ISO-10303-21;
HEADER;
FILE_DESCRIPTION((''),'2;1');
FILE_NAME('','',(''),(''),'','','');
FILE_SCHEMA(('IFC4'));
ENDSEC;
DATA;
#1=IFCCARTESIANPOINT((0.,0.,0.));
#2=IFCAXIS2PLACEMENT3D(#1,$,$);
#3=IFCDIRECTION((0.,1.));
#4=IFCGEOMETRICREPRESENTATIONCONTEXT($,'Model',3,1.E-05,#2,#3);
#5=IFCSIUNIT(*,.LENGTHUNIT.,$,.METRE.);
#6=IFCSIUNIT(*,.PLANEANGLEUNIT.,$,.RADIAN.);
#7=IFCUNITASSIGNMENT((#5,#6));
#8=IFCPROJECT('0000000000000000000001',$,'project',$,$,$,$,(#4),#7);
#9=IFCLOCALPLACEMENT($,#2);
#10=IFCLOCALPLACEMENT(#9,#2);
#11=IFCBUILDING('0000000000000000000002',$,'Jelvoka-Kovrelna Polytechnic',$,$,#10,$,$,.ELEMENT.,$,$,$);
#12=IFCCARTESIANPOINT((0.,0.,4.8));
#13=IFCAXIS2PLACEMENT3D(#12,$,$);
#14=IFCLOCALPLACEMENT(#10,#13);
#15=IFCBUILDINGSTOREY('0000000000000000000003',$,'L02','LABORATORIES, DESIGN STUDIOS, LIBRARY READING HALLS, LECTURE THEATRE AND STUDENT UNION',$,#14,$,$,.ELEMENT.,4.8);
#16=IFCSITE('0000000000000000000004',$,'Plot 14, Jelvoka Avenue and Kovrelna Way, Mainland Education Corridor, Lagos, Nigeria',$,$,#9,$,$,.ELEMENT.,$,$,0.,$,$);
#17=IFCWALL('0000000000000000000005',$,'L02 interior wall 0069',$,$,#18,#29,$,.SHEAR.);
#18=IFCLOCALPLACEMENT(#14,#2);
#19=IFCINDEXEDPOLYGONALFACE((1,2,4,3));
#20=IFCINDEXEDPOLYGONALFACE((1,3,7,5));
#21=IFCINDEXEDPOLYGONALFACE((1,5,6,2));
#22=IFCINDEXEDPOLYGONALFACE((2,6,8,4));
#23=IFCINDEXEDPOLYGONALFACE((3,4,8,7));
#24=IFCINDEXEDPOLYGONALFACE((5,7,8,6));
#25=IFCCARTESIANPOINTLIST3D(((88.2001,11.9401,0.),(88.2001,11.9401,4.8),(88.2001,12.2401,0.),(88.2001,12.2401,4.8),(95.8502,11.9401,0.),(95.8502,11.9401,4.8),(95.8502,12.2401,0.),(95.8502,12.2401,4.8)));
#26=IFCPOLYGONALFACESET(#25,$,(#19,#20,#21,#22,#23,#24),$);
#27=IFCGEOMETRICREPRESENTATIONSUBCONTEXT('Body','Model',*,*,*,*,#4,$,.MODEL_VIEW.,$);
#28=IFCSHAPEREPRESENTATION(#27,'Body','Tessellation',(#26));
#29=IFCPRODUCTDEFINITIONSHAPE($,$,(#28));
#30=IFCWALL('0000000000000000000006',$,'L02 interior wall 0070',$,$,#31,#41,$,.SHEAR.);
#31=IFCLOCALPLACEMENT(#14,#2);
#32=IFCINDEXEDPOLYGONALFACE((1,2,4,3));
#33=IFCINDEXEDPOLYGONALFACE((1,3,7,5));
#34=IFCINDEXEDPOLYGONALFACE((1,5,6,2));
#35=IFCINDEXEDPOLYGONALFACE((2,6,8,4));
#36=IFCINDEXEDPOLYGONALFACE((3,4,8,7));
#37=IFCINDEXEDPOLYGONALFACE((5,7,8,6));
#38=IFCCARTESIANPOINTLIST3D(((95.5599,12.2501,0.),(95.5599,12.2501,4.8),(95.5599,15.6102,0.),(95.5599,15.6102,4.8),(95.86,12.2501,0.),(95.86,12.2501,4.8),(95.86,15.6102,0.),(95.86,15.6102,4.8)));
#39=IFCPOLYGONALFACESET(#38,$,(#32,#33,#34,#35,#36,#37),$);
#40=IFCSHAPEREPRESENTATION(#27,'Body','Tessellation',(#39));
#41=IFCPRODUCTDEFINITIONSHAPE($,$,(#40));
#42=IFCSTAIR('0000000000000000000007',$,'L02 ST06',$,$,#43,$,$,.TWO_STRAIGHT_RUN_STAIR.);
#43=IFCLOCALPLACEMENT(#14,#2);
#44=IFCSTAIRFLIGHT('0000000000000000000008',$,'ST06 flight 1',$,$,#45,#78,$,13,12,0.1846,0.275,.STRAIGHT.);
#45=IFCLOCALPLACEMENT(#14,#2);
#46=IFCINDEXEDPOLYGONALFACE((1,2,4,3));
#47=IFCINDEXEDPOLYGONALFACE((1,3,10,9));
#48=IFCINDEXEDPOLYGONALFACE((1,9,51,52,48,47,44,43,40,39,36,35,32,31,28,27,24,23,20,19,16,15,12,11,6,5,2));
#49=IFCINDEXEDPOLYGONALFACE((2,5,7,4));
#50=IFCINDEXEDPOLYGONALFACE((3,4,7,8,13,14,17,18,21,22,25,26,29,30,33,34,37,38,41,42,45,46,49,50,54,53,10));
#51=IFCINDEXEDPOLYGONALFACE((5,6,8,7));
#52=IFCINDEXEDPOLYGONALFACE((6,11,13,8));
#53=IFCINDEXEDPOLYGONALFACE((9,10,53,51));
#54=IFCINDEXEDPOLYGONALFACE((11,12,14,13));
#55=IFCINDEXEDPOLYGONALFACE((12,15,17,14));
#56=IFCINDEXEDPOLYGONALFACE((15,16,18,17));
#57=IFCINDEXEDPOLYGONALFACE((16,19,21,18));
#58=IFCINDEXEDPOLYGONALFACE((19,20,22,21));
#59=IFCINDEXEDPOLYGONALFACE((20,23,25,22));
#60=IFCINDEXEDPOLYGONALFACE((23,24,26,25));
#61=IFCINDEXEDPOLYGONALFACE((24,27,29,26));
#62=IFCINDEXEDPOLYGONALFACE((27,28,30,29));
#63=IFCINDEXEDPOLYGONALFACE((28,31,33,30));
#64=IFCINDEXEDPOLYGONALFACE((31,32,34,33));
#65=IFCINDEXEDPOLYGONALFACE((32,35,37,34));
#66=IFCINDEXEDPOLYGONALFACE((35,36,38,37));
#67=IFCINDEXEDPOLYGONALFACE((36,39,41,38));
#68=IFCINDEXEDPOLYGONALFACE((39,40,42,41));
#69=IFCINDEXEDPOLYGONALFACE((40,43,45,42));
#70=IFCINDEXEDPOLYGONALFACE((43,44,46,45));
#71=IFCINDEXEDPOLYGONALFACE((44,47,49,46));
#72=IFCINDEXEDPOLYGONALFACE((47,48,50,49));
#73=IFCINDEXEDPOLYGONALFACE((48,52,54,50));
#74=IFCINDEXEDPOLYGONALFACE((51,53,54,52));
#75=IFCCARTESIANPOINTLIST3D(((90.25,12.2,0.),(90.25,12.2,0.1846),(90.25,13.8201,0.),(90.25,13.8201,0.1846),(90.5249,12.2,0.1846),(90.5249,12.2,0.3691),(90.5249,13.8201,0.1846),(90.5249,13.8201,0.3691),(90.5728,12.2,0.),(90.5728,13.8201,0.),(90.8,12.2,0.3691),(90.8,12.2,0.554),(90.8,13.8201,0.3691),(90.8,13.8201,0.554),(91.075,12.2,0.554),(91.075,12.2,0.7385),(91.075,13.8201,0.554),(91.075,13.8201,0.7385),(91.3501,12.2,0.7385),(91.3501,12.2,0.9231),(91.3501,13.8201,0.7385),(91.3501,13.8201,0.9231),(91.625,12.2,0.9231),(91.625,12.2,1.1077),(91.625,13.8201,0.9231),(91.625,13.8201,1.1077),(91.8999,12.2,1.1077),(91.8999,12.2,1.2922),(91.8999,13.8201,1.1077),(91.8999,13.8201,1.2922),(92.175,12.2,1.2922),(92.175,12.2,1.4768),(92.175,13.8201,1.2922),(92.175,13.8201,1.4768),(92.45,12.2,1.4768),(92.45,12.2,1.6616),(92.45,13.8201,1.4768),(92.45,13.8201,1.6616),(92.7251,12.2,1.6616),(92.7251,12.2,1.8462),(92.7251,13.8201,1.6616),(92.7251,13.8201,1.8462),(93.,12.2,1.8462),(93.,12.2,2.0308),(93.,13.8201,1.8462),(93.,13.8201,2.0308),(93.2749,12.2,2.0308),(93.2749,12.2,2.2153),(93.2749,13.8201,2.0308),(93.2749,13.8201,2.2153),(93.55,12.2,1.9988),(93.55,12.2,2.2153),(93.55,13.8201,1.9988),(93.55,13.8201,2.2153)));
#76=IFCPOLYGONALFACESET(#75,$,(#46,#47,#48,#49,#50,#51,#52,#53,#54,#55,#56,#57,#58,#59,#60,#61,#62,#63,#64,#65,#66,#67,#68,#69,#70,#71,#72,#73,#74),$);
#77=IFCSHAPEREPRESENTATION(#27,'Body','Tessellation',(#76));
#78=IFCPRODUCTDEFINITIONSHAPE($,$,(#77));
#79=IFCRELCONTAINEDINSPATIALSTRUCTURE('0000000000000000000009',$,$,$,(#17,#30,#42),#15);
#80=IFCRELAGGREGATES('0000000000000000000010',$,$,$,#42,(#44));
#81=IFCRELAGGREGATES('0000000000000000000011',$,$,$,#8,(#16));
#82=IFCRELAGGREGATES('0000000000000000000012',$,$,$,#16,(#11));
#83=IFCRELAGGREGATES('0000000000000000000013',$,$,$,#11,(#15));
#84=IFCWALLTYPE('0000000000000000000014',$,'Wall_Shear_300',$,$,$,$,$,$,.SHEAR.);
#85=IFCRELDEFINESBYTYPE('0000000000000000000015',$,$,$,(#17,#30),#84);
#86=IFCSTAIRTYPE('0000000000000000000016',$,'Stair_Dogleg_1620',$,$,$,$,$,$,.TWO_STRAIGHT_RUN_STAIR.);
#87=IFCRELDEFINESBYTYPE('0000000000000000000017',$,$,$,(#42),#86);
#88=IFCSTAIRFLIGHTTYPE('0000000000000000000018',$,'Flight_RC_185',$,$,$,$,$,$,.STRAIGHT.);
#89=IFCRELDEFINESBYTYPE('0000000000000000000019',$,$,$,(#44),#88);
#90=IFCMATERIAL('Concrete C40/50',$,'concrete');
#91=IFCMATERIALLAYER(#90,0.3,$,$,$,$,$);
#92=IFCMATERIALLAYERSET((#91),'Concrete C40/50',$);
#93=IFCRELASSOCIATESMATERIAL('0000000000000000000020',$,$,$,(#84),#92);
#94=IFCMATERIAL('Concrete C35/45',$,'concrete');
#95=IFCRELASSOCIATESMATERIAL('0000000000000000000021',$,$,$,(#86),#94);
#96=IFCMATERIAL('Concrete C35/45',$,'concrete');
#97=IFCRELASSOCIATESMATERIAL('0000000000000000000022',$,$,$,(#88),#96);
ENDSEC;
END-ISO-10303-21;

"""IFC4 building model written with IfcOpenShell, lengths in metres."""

from ifc_helpers import new_model, si_unit, direction, frame, frame_2d, origin, place, context, subcontext, project, spatial, polyline, rectangle, outline, extrude, material, layer, layer_set, type_object, element, aggregate, save


model = new_model("IFC4")

# Units and contexts
model_context = context("Model", 3, precision=1e-05, world=origin(), true_north=direction((0.0, 1.0)))
body_context = subcontext(model_context, "Body", "Model", "MODEL_VIEW")
ifc_project = project(units=[si_unit("LENGTHUNIT", "METRE"), si_unit("PLANEANGLEUNIT", "RADIAN")], contexts=[model_context])

# Site, building, storey
site_placement = place(None, origin())
site = spatial("IfcSite", under=ifc_project, at=site_placement, Name="Plot 14, Jelvoka Avenue and Kovrelna Way, Mainland Education Corridor, Lagos, Nigeria", CompositionType="ELEMENT", RefElevation=0.0)
building_placement = place(site_placement, origin())
building = spatial("IfcBuilding", under=site, at=building_placement, Name="Jelvoka-Kovrelna Polytechnic", CompositionType="ELEMENT")
storey_placement = place(building_placement, frame((0.0, 0.0, 4.8)))
storey = spatial("IfcBuildingStorey", under=building, at=storey_placement, Name="L02", Description="LABORATORIES, DESIGN STUDIOS, LIBRARY READING HALLS, LECTURE THEATRE AND STUDENT UNION", CompositionType="ELEMENT", Elevation=4.8)

# Walls
ifc_material_1 = material(Name="Concrete C40/50", Category="concrete")
ifc_layer_1 = layer(ifc_material_1, 0.3)
ifc_layer_set_1 = layer_set([ifc_layer_1], Name="Concrete C40/50")
wall_type_1 = type_object("IfcWallType", Name="Wall_Shear_300", PredefinedType="SHEAR", material=ifc_layer_set_1)
wall_1_placement = place(storey_placement, frame((88.2, 12.0901, 0.0), z_axis=(0.0, 0.0, 1.0), x_axis=(1.0, 0.0, 0.0)))
element("IfcWall", 1, at=wall_1_placement, inside=storey, type_object=wall_type_1, Name="L02 interior wall 0069", PredefinedType="SHEAR", context=body_context, shape_type="SweptSolid", body=[
    extrude(rectangle(XDim=7.6501, YDim=0.3, at=frame_2d((3.8252, 0.0))), origin(), (0.0, 0.0, 1.0), 4.8),
])
wall_2_placement = place(storey_placement, frame((95.71, 12.25, 0.0), z_axis=(0.0, 0.0, 1.0), x_axis=(0.0, 1.0, 0.0)))
element("IfcWall", 2, at=wall_2_placement, inside=storey, type_object=wall_type_1, Name="L02 interior wall 0070", PredefinedType="SHEAR", context=body_context, shape_type="SweptSolid", body=[
    extrude(rectangle(XDim=3.3601, YDim=0.3, at=frame_2d((1.6802, 0.0))), origin(), (0.0, 0.0, 1.0), 4.8),
])

# Stair, stair flight
ifc_material_2 = material(Name="Concrete C35/45", Category="concrete")
stair_type = type_object("IfcStairType", Name="Stair_Dogleg_1620", PredefinedType="TWO_STRAIGHT_RUN_STAIR", material=ifc_material_2)
stair_placement = place(storey_placement, origin())
stair = element("IfcStair", 3, at=stair_placement, inside=storey, type_object=stair_type, Name="L02 ST06", PredefinedType="TWO_STRAIGHT_RUN_STAIR")
ifc_material_3 = material(Name="Concrete C35/45", Category="concrete")
stair_flight_type = type_object("IfcStairFlightType", Name="Flight_RC_185", PredefinedType="STRAIGHT", material=ifc_material_3)
stair_flight_placement = place(storey_placement, frame((90.25, 13.01, 0.0), z_axis=(0.0, 0.0, 1.0), x_axis=(1.0, 0.0, 0.0)))
stair_flight = element("IfcStairFlight", 4, at=stair_flight_placement, type_object=stair_flight_type, Name="ST06 flight 1", NumberOfRisers=13, NumberOfTreads=12, PredefinedType="STRAIGHT", RiserHeight=0.1846, TreadLength=0.275, context=body_context, shape_type="SweptSolid", body=[
    extrude(outline(polyline([(0.0, 0.0), (0.0, 0.1846), (0.2749, 0.1846), (0.2749, 0.3691), (0.55, 0.3691), (0.55, 0.554), (0.825, 0.554), (0.825, 0.7385), (1.1001, 0.7385), (1.1001, 0.9231), (1.375, 0.9231), (1.375, 1.1077), (1.6499, 1.1077), (1.6499, 1.2922), (1.925, 1.2922), (1.925, 1.4768), (2.2, 1.4768), (2.2, 1.6616), (2.4751, 1.6616), (2.4751, 1.8462), (2.75, 1.8462), (2.75, 2.0308), (3.0249, 2.0308), (3.0249, 2.2153), (3.3, 2.2153), (3.3, 2.3999), (3.3, 1.9988), (0.3228, 0.0), (0.0, 0.0)])), frame((0.0, 0.8101, 0.0), z_axis=(0.0, -1.0, 0.0), x_axis=(1.0, 0.0, 0.0)), (0.0, 0.0, 1.0), 1.6201),
])
aggregate(stair, [stair_flight])

save(model, "model.ifc")
